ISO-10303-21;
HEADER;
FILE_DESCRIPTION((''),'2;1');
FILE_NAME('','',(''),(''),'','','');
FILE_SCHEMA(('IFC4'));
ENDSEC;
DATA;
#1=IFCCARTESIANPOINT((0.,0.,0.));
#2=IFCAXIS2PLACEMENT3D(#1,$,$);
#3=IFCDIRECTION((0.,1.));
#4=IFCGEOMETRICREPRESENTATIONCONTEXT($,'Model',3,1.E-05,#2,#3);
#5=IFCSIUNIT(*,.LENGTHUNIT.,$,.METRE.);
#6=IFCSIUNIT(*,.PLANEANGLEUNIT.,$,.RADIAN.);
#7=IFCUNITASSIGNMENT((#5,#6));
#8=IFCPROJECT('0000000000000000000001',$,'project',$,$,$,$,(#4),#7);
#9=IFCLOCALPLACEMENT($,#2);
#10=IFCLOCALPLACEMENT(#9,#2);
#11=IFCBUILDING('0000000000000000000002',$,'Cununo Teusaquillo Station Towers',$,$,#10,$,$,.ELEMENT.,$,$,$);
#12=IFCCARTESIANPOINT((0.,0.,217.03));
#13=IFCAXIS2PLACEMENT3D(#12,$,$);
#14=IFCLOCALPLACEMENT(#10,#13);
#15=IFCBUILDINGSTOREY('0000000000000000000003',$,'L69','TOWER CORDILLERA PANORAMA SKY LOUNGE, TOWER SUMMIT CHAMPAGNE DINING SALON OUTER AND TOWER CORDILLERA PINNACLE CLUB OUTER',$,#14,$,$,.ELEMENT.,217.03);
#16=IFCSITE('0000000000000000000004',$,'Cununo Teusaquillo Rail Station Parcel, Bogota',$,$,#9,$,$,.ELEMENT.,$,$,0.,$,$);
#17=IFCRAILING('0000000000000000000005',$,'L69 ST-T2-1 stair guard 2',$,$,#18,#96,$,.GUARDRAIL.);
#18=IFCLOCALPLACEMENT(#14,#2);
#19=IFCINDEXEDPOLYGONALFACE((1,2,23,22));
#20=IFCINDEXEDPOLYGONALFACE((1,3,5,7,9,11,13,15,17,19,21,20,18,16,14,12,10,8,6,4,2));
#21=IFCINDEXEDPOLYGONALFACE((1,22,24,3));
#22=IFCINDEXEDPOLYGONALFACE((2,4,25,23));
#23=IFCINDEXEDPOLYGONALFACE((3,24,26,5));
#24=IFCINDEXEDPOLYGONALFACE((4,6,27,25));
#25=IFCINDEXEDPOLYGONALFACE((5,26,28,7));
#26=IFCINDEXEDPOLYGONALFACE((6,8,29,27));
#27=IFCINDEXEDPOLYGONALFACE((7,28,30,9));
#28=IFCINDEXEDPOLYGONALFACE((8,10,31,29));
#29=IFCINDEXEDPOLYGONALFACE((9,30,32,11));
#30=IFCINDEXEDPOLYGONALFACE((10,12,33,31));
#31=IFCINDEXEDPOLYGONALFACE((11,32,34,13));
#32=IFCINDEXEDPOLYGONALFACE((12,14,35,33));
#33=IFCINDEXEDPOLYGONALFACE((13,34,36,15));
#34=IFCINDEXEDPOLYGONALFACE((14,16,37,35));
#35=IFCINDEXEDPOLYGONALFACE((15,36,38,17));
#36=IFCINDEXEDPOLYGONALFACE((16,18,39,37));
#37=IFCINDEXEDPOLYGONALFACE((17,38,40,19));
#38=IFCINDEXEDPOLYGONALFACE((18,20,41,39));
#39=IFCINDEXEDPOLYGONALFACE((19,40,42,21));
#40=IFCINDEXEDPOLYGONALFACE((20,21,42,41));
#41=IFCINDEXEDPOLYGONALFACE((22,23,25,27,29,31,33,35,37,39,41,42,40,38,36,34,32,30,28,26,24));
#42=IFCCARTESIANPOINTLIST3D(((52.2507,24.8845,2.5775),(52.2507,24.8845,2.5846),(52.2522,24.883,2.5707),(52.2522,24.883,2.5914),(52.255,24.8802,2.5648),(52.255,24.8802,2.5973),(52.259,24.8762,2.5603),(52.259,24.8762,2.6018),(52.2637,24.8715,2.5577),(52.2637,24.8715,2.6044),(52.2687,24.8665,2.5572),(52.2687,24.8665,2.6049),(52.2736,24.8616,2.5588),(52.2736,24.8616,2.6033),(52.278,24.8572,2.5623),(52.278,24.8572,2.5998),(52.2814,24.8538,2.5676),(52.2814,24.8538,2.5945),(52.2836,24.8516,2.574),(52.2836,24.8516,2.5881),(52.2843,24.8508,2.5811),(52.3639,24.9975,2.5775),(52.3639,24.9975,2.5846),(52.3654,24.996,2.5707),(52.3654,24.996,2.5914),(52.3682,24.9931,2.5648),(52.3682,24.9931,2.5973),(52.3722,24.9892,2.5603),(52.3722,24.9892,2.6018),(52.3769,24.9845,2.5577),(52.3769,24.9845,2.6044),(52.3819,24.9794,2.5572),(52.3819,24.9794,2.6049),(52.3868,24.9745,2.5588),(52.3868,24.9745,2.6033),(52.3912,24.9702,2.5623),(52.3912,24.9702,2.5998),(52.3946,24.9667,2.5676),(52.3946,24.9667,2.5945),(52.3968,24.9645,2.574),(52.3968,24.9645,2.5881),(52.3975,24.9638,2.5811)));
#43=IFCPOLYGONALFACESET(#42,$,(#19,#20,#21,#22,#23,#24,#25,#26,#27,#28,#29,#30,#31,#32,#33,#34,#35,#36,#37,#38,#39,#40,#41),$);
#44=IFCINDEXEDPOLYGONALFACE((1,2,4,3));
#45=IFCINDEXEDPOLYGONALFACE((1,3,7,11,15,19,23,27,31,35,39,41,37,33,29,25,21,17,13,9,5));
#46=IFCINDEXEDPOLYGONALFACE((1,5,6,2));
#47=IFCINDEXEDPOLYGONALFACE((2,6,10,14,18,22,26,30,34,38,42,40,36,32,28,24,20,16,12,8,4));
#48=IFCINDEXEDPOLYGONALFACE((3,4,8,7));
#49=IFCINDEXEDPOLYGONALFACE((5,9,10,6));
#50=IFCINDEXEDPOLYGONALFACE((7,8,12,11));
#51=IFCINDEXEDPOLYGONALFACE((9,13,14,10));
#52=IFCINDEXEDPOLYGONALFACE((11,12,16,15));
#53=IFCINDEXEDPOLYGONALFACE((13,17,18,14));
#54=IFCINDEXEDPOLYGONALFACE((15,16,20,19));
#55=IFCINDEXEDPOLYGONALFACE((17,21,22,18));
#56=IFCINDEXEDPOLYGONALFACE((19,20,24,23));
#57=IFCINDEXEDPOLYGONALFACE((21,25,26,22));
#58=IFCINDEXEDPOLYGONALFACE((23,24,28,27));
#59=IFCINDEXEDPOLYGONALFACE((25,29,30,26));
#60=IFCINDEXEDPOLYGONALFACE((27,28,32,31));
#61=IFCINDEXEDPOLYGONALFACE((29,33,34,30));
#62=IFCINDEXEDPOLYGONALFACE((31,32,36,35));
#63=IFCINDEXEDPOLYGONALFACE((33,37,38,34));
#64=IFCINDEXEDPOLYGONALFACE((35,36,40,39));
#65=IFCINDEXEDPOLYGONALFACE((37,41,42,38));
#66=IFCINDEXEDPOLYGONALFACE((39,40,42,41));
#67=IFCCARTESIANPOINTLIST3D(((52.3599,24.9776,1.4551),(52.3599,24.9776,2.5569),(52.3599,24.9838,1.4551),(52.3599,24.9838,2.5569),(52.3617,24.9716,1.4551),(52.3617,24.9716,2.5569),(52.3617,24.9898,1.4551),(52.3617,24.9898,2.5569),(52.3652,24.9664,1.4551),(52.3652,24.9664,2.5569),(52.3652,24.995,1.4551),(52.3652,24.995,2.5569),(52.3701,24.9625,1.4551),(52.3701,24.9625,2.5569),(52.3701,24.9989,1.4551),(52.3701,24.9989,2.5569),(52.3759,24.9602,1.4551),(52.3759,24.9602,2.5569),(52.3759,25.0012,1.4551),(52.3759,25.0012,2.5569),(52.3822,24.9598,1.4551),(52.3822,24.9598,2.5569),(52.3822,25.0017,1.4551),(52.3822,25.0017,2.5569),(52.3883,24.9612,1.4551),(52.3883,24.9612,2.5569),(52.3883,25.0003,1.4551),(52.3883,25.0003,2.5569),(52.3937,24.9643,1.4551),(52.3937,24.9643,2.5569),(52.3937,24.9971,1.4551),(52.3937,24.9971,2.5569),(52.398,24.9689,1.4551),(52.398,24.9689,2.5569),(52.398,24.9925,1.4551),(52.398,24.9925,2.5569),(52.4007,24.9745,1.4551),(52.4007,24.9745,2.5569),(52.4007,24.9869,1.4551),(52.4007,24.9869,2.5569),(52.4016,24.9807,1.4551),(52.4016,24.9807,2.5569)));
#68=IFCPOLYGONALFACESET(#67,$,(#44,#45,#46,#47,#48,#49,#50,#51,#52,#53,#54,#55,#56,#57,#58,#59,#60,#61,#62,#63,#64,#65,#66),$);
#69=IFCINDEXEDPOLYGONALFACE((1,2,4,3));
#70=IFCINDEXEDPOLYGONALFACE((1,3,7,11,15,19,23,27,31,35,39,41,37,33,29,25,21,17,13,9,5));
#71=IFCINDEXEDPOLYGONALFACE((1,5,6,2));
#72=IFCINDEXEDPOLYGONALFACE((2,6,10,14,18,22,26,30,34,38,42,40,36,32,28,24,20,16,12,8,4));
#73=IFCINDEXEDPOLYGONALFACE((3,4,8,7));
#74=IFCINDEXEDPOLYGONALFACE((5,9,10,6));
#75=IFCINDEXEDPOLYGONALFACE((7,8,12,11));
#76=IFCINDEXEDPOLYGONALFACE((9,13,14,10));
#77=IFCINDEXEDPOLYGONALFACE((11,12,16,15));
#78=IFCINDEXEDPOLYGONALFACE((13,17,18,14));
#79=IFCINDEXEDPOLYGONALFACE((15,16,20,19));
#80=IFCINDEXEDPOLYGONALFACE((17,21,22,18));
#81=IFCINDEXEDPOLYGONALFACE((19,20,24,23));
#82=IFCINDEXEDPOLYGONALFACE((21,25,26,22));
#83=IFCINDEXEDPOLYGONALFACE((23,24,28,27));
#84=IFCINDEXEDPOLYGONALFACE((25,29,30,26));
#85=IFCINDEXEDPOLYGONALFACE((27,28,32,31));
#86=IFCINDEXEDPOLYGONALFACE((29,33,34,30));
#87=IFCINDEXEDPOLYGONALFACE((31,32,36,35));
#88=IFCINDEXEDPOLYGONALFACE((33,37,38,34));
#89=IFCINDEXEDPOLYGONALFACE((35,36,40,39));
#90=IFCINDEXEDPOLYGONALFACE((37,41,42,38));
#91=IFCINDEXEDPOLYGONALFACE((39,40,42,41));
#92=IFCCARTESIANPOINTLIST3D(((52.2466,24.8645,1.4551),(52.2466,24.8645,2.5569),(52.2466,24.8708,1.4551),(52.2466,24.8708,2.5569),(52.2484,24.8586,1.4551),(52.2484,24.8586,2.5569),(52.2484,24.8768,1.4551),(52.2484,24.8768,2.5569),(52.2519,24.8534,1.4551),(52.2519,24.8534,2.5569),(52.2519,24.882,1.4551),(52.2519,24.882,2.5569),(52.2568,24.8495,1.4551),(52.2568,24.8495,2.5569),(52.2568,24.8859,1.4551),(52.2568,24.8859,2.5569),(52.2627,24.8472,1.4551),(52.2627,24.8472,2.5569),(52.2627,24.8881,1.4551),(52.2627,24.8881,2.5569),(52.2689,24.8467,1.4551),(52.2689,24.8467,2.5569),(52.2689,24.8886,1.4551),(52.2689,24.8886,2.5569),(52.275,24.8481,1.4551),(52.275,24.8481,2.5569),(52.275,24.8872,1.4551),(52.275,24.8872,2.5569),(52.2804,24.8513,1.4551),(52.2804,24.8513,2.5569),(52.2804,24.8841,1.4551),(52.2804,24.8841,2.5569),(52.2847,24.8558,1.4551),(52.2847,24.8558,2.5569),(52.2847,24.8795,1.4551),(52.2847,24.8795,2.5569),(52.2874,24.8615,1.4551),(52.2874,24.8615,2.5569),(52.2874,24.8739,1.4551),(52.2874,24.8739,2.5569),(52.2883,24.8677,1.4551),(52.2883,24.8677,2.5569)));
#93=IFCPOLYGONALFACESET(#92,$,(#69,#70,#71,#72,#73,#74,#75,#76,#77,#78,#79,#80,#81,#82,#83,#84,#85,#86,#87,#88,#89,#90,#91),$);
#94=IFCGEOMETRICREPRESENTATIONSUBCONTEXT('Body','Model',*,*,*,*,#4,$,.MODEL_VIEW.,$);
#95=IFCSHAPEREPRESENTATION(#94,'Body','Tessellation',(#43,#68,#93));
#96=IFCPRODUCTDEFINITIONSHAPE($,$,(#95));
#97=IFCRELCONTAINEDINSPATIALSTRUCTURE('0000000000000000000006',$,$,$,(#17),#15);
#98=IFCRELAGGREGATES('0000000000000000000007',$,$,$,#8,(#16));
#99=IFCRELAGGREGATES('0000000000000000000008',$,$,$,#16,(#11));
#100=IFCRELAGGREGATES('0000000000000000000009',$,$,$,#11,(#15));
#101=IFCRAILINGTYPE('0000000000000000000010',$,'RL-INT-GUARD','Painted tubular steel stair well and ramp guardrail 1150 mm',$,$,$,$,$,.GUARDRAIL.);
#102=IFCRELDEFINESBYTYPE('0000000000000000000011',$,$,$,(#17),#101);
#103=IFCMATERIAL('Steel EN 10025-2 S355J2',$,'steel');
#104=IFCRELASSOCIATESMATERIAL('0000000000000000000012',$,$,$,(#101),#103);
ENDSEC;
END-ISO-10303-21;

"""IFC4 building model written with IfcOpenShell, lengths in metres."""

from ifc_helpers import new_model, si_unit, direction, frame, origin, origin_2d, place, context, subcontext, project, spatial, circle, extrude, material, type_object, element, save


model = new_model("IFC4")

# Units and contexts
model_context = context("Model", 3, precision=1e-05, world=origin(), true_north=direction((0.0, 1.0)))
body_context = subcontext(model_context, "Body", "Model", "MODEL_VIEW")
ifc_project = project(units=[si_unit("LENGTHUNIT", "METRE"), si_unit("PLANEANGLEUNIT", "RADIAN")], contexts=[model_context])

# Site, building, storey
site_placement = place(None, origin())
site = spatial("IfcSite", under=ifc_project, at=site_placement, Name="Cununo Teusaquillo Rail Station Parcel, Bogota", CompositionType="ELEMENT", RefElevation=0.0)
building_placement = place(site_placement, origin())
building = spatial("IfcBuilding", under=site, at=building_placement, Name="Cununo Teusaquillo Station Towers", CompositionType="ELEMENT")
storey_placement = place(building_placement, frame((0.0, 0.0, 217.03)))
storey = spatial("IfcBuildingStorey", under=building, at=storey_placement, Name="L69", Description="TOWER CORDILLERA PANORAMA SKY LOUNGE, TOWER SUMMIT CHAMPAGNE DINING SALON OUTER AND TOWER CORDILLERA PINNACLE CLUB OUTER", CompositionType="ELEMENT", Elevation=217.03)

# Railing
ifc_material_1 = material(Name="Steel EN 10025-2 S355J2", Category="steel")
railing_type_1 = type_object("IfcRailingType", Name="RL-INT-GUARD", Description="Painted tubular steel stair well and ramp guardrail 1150 mm", PredefinedType="GUARDRAIL", material=ifc_material_1)
railing_1_placement = place(storey_placement, frame((52.3806, 24.9807, 1.4551)))
element("IfcRailing", 1, at=railing_1_placement, inside=storey, type_object=railing_type_1, Name="L69 ST-T2-1 stair guard 2", PredefinedType="GUARDRAIL", context=body_context, shape_type="SweptSolid", body=[
    extrude(circle(Radius=0.0239, at=origin_2d()), frame((0.0, 0.0, 1.126), z_axis=(-0.707869, -0.706344, 0.0), x_axis=(0.706344, -0.707869, 0.0)), (0.0, 0.0, 1.0), 0.1599),
    extrude(circle(Radius=0.021, at=origin_2d()), origin(), (0.0, 0.0, 1.0), 1.1018),
    extrude(circle(Radius=0.021, at=origin_2d()), frame((-0.1133, -0.113, 0.0)), (0.0, 0.0, 1.0), 1.1018),
])

save(model, "model.ifc")
